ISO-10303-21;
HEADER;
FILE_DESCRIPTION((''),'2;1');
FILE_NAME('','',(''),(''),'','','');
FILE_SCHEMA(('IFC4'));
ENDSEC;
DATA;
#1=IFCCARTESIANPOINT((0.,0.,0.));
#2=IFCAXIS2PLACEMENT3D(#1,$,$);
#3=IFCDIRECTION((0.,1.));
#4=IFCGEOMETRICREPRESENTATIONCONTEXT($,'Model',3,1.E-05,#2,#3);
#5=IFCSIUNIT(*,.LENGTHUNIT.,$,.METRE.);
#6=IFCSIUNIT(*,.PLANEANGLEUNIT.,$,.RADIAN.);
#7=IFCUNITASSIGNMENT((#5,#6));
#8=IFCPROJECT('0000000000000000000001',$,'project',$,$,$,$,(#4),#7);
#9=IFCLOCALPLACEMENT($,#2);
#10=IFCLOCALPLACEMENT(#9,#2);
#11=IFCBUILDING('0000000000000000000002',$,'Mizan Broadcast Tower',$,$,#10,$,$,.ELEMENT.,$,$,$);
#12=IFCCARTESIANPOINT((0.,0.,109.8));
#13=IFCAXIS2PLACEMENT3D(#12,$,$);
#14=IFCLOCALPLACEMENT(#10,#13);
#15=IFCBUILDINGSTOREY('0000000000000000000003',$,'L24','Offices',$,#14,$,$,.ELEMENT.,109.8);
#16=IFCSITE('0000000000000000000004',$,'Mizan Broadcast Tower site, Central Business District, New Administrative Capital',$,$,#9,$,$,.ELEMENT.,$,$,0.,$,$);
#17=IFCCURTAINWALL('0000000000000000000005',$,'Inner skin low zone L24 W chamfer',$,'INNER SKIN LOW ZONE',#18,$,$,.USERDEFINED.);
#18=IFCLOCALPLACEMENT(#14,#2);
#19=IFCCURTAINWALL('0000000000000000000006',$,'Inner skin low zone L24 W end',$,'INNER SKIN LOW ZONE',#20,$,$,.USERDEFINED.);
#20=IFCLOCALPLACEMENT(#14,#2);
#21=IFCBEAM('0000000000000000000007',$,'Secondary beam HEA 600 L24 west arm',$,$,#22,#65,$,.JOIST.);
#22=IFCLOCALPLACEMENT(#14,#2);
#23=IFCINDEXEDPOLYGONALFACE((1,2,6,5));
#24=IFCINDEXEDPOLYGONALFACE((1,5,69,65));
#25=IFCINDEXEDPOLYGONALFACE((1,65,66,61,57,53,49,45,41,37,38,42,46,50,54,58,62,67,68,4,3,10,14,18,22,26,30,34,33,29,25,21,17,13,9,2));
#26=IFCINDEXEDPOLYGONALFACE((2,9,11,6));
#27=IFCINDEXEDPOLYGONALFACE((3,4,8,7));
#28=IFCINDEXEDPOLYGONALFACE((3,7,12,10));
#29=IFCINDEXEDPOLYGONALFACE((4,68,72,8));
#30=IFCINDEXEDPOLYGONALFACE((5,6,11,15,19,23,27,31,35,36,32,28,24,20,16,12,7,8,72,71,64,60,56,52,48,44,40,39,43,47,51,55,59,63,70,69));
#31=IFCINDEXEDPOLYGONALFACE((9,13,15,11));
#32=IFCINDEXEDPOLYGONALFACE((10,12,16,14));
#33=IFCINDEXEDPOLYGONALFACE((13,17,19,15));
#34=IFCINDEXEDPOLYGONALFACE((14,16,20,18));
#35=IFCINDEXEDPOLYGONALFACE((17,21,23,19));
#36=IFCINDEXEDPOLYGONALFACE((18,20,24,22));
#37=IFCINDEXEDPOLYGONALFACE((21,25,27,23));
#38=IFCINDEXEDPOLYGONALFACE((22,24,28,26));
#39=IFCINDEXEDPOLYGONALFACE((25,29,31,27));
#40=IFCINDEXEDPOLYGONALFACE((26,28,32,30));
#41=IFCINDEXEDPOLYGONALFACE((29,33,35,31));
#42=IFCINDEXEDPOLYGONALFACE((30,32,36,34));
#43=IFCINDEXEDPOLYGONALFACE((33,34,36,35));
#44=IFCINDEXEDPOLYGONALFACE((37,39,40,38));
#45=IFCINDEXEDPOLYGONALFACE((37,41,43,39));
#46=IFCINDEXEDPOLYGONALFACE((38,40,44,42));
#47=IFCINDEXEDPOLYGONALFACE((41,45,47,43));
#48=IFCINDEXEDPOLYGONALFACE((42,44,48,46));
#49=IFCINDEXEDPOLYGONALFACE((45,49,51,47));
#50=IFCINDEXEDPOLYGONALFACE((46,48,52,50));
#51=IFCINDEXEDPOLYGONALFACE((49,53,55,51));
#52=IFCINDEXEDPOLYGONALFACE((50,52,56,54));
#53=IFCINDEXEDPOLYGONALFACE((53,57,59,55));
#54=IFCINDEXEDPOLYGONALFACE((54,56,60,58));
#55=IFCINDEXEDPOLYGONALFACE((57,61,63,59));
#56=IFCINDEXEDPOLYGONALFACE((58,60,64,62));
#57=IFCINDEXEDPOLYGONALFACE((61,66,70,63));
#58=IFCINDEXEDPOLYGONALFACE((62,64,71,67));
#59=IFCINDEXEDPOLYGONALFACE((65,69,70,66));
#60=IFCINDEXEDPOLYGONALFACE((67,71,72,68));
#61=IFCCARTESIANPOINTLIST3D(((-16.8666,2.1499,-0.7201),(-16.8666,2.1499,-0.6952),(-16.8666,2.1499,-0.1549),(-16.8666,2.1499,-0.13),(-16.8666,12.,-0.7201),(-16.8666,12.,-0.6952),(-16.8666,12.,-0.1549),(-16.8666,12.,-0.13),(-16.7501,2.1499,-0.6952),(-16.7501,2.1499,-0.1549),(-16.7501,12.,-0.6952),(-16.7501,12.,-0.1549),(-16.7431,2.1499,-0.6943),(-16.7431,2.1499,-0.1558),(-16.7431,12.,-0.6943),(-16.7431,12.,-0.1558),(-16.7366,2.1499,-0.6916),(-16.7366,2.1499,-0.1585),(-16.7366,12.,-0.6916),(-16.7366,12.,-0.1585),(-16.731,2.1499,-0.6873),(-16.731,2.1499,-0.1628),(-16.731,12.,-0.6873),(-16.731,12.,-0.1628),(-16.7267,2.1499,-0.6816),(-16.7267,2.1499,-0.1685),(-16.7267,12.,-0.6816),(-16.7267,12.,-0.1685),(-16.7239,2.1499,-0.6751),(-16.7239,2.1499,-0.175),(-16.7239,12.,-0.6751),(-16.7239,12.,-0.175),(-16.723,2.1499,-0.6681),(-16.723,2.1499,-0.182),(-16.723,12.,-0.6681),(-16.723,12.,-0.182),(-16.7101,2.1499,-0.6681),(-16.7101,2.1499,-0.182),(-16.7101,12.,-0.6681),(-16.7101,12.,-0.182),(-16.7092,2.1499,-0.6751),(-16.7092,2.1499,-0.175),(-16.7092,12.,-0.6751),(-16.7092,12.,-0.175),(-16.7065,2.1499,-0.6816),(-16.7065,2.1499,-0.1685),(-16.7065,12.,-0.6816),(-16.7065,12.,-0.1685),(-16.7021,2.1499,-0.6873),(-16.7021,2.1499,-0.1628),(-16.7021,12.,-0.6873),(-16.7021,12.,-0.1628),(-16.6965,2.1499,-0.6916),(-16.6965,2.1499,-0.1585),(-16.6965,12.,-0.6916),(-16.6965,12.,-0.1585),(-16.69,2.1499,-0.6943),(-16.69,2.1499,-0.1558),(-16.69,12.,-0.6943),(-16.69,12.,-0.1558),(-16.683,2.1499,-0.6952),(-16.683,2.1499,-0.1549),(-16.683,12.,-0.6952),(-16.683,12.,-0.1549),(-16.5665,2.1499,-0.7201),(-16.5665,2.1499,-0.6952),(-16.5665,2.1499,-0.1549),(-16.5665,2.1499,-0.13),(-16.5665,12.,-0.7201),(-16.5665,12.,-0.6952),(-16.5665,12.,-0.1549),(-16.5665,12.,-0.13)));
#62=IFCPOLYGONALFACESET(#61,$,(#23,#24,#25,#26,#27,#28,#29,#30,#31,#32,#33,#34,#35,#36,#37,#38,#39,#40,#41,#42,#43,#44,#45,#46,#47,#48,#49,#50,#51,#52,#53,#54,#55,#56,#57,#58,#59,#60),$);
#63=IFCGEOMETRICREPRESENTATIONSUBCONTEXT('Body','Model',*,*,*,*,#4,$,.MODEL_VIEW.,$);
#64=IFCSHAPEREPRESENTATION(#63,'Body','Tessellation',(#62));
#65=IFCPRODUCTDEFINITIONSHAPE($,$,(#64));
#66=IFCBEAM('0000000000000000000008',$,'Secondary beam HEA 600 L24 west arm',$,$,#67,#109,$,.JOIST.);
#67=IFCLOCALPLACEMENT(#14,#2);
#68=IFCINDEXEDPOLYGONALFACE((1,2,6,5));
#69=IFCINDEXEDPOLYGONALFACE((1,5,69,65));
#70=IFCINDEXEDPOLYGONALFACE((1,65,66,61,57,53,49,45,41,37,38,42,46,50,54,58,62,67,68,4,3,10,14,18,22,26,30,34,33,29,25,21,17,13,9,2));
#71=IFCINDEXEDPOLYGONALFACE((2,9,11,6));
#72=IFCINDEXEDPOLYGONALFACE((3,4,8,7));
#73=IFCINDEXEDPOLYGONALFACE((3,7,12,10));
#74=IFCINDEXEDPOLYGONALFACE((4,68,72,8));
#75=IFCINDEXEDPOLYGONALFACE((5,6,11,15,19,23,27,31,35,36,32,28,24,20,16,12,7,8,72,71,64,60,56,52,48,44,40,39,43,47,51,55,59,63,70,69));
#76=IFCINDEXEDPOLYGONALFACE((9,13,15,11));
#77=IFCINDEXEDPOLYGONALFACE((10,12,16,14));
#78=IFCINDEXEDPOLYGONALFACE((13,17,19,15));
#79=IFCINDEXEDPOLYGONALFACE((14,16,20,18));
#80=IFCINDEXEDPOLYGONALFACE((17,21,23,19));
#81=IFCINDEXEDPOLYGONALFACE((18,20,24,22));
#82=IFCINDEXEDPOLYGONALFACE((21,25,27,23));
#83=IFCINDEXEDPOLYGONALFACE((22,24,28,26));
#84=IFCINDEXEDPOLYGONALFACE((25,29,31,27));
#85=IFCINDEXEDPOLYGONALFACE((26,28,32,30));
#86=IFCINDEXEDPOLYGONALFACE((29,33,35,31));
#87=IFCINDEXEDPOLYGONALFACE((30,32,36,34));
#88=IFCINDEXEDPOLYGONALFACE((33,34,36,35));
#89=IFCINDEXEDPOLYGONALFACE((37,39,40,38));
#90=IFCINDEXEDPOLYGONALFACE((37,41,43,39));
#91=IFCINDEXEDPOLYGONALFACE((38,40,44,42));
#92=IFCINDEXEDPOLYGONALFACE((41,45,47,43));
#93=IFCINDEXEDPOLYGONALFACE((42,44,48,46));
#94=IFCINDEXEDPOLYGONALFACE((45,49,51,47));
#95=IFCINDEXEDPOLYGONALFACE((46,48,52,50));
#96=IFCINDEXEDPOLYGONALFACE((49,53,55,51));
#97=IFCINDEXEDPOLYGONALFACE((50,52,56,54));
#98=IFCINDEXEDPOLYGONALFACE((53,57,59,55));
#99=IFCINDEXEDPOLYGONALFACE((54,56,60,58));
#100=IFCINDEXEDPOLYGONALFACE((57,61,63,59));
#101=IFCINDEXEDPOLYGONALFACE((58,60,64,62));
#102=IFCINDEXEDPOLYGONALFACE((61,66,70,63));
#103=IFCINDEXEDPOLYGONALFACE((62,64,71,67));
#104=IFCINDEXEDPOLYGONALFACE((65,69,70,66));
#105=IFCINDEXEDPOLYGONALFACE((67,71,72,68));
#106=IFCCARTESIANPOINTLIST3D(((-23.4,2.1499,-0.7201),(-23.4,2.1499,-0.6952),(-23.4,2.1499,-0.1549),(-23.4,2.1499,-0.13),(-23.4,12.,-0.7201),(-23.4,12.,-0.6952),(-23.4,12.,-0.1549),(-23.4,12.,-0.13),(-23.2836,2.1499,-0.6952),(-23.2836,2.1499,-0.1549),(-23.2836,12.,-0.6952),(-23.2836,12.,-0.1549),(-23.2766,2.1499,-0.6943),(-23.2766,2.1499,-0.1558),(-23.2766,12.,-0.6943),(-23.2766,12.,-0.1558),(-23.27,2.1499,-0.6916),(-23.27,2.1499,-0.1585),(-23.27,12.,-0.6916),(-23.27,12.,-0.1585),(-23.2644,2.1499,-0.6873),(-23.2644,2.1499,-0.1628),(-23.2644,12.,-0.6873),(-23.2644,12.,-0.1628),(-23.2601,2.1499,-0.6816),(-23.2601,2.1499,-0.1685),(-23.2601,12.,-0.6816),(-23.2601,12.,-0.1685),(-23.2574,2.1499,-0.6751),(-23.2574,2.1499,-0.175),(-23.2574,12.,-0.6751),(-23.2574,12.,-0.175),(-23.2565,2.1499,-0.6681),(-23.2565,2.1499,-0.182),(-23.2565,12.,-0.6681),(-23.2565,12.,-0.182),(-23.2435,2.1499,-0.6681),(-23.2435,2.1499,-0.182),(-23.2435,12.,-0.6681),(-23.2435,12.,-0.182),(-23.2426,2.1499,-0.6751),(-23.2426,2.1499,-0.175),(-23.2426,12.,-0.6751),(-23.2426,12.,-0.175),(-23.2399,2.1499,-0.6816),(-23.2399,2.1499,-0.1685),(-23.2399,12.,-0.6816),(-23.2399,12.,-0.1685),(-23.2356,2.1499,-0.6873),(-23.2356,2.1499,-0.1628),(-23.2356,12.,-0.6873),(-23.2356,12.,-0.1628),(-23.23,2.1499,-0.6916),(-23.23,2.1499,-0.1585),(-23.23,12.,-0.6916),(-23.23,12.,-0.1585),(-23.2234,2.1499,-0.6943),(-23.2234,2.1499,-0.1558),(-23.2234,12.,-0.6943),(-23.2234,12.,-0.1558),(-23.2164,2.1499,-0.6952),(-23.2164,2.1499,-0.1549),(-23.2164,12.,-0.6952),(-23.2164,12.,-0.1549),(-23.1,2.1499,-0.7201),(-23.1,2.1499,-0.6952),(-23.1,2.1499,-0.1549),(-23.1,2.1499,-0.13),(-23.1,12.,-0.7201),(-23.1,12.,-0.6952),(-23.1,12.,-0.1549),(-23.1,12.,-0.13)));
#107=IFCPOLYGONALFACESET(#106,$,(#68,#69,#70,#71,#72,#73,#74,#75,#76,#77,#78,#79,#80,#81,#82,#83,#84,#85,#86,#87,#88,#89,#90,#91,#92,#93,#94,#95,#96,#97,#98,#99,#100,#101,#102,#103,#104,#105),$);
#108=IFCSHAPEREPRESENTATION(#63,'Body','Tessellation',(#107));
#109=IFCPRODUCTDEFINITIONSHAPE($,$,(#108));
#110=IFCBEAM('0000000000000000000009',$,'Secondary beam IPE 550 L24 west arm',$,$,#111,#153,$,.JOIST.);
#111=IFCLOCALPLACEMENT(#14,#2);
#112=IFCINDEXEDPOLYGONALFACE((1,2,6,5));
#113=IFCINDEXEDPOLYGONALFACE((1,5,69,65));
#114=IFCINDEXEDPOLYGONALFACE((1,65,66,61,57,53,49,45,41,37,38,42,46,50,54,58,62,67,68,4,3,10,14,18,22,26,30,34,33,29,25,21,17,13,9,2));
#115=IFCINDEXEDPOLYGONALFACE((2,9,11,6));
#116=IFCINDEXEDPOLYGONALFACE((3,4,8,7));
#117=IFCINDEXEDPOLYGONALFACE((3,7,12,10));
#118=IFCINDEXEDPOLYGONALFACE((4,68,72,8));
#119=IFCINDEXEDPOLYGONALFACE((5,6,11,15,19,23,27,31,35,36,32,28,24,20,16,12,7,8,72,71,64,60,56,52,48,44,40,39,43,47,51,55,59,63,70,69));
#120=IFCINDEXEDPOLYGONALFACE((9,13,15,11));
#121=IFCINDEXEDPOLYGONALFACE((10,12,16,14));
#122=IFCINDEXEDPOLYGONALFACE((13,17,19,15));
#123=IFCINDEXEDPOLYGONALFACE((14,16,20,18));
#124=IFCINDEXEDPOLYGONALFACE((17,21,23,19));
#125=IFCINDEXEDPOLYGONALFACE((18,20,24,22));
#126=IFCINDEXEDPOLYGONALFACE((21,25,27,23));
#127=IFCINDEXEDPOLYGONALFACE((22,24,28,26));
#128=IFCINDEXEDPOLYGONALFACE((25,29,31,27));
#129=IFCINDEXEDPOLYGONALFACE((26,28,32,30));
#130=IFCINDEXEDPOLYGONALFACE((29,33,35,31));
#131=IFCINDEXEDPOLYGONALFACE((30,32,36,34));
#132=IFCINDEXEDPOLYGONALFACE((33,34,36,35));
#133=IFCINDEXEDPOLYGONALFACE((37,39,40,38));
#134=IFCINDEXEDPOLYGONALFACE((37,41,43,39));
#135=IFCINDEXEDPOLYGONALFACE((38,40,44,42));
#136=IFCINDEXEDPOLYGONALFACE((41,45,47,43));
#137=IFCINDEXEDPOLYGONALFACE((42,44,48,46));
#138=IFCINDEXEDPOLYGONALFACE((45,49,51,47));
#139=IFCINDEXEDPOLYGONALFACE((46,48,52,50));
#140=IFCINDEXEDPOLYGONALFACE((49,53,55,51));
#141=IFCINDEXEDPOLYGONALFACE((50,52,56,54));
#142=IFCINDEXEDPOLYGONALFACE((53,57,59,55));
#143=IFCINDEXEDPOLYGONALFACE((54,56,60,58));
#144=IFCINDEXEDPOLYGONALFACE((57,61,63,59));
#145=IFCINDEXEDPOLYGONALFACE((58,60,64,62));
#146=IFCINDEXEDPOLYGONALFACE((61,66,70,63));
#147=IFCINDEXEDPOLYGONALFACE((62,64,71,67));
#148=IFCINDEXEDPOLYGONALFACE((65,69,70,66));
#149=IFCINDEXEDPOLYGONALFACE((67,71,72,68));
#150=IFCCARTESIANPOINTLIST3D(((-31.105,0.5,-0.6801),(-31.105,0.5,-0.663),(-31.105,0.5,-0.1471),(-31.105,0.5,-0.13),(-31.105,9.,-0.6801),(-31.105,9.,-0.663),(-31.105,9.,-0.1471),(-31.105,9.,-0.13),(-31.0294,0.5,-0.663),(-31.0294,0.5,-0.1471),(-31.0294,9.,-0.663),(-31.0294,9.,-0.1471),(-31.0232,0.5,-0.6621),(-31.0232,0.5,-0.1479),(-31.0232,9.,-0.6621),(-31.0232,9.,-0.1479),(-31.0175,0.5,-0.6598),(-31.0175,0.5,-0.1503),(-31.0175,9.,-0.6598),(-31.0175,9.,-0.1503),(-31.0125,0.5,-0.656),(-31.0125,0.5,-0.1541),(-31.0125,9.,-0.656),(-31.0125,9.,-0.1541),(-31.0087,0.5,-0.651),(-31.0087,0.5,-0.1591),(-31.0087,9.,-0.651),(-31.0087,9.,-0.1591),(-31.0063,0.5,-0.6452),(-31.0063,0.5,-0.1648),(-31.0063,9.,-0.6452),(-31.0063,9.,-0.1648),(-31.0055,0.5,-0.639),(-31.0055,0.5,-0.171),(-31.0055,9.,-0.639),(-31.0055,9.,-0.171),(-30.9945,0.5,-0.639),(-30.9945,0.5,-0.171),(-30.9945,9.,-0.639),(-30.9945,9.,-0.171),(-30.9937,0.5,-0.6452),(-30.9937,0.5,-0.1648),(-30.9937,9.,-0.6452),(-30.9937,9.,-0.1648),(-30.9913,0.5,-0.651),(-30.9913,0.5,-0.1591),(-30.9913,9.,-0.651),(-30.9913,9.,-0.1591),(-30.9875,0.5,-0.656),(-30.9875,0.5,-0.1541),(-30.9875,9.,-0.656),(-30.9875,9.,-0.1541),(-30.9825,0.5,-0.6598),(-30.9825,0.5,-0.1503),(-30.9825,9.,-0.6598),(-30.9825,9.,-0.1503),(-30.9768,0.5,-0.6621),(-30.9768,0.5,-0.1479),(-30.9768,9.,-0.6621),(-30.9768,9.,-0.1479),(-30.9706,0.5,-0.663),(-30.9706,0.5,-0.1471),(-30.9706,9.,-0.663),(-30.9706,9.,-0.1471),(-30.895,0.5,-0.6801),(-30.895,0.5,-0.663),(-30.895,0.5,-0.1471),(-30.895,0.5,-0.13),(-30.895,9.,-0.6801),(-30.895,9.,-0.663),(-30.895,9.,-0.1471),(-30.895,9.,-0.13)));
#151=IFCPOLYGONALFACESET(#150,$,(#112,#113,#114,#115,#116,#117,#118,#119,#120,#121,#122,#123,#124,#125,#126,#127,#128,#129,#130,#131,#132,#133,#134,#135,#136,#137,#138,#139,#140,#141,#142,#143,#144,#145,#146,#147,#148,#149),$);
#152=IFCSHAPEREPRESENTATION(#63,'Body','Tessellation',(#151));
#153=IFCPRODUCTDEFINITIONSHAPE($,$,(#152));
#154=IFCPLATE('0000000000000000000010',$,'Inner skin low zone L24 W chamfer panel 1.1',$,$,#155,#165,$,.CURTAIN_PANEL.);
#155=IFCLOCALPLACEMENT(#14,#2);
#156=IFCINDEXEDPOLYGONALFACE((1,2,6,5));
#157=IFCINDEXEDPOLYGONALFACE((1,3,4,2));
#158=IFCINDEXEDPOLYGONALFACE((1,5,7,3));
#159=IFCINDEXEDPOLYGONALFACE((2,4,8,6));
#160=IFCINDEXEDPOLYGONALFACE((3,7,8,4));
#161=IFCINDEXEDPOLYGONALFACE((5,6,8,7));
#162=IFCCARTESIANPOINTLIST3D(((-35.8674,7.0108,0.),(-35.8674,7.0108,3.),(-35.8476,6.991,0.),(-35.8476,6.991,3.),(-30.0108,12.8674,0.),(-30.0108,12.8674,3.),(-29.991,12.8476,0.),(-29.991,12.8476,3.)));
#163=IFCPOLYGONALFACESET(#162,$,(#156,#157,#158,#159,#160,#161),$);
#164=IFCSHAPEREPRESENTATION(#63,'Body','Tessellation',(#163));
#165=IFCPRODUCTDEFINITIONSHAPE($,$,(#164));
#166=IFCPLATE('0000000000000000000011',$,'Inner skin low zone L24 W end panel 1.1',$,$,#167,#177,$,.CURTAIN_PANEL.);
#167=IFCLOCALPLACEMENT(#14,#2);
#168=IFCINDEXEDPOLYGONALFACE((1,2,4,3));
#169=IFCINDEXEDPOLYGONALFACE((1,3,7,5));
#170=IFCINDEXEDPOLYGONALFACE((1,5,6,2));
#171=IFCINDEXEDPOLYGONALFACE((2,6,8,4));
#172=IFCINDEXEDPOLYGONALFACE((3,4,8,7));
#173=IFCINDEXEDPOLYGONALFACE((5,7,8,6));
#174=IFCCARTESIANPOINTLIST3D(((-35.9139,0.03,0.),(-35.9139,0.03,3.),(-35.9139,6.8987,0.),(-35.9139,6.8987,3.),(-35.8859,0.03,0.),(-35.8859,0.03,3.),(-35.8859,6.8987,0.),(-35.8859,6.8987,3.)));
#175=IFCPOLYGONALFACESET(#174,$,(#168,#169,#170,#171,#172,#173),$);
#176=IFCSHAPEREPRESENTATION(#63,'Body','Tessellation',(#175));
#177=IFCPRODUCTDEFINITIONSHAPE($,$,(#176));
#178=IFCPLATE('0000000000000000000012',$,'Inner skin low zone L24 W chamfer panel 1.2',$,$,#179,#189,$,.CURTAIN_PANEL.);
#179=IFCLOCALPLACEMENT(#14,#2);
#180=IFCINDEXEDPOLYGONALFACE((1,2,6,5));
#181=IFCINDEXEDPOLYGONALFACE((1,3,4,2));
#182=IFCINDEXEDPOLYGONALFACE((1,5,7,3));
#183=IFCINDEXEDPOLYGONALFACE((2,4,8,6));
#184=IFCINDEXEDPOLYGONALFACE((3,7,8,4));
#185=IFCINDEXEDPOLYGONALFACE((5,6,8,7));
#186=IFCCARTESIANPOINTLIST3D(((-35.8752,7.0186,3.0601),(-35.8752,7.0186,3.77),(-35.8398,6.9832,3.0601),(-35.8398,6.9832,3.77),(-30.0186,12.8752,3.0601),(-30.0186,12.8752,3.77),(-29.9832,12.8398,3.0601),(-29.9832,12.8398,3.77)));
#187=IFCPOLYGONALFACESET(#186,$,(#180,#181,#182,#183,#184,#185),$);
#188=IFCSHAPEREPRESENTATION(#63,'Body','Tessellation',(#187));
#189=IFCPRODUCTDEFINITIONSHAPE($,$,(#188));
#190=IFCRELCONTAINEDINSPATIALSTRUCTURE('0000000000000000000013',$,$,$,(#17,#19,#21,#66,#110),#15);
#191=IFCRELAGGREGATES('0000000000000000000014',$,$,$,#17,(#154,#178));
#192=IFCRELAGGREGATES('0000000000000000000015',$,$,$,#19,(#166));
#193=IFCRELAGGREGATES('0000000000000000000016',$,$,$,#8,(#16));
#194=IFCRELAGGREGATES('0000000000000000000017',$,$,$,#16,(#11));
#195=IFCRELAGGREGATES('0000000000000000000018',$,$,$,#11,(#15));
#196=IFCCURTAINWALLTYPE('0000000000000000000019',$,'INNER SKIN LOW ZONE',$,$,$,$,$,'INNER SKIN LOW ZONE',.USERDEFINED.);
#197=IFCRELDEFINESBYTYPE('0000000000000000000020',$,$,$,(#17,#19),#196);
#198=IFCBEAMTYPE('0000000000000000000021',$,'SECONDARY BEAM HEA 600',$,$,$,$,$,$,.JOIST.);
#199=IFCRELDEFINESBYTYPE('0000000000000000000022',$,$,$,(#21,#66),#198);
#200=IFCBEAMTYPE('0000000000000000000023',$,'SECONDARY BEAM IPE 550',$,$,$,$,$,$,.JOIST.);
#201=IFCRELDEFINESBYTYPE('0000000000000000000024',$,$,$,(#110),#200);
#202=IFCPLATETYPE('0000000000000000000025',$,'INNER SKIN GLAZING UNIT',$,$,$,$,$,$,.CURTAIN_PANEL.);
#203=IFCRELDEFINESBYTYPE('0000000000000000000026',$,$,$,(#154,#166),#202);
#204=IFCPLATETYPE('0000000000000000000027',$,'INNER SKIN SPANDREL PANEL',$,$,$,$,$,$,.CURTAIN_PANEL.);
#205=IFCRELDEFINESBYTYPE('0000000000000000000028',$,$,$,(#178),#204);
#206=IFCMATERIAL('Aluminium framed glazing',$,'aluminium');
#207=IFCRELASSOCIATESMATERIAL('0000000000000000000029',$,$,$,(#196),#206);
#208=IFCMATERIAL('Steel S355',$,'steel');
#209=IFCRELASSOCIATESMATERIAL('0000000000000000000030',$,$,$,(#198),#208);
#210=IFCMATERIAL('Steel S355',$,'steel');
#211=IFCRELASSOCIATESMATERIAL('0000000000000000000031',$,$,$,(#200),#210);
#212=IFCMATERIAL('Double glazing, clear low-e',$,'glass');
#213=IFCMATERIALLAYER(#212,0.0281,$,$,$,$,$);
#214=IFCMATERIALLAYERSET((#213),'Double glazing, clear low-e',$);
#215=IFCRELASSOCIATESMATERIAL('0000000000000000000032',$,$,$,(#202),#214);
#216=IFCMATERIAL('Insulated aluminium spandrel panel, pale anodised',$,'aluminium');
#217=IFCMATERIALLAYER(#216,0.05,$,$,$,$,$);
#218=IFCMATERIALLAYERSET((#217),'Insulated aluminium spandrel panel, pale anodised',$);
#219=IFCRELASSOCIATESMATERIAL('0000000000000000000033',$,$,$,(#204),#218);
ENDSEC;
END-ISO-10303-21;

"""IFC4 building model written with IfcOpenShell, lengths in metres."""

from ifc_helpers import new_model, si_unit, direction, frame, origin, origin_2d, place, context, subcontext, project, spatial, rectangle, i_section, extrude, material, layer, layer_set, material_profile, profile_set, type_object, element, aggregate, save


model = new_model("IFC4")

# Units and contexts
model_context = context("Model", 3, precision=1e-05, world=origin(), true_north=direction((0.0, 1.0)))
body_context = subcontext(model_context, "Body", "Model", "MODEL_VIEW")
ifc_project = project(units=[si_unit("LENGTHUNIT", "METRE"), si_unit("PLANEANGLEUNIT", "RADIAN")], contexts=[model_context])

# Site, building, storey
site_placement = place(None, origin())
site = spatial("IfcSite", under=ifc_project, at=site_placement, Name="Mizan Broadcast Tower site, Central Business District, New Administrative Capital", CompositionType="ELEMENT", RefElevation=0.0)
building_placement = place(site_placement, origin())
building = spatial("IfcBuilding", under=site, at=building_placement, Name="Mizan Broadcast Tower", CompositionType="ELEMENT")
storey_placement = place(building_placement, frame((0.0, 0.0, 109.8)))
storey = spatial("IfcBuildingStorey", under=building, at=storey_placement, Name="L24", Description="Offices", CompositionType="ELEMENT", Elevation=109.8)

# Shared definitions
ifc_material_1 = material(Name="Aluminium framed glazing", Category="aluminium")
curtain_wall_type_1 = type_object("IfcCurtainWallType", Name="INNER SKIN LOW ZONE", ElementType="INNER SKIN LOW ZONE", PredefinedType="USERDEFINED", material=ifc_material_1)

# Curtain wall
curtain_wall_1_placement = place(storey_placement, origin())
curtain_wall_1 = element("IfcCurtainWall", 1, at=curtain_wall_1_placement, inside=storey, type_object=curtain_wall_type_1, Name="Inner skin low zone L24 W chamfer", ObjectType="INNER SKIN LOW ZONE", PredefinedType="USERDEFINED")

# Curtain wall
curtain_wall_2_placement = place(storey_placement, origin())
curtain_wall_2 = element("IfcCurtainWall", 2, at=curtain_wall_2_placement, inside=storey, type_object=curtain_wall_type_1, Name="Inner skin low zone L24 W end", ObjectType="INNER SKIN LOW ZONE", PredefinedType="USERDEFINED")

# Beams
ifc_material_2 = material(Name="Steel S355", Category="steel")
ifc_material_profile_1 = material_profile(ifc_material_2, i_section(OverallWidth=0.3, OverallDepth=0.5901, WebThickness=0.0129, FlangeThickness=0.0249, FilletRadius=0.0271, at=origin_2d()), Name="HEA 600")
ifc_profile_set_1 = profile_set([ifc_material_profile_1], Name="Steel S355")
beam_type_1 = type_object("IfcBeamType", Name="SECONDARY BEAM HEA 600", PredefinedType="JOIST", material=ifc_profile_set_1)
for number, where, z_axis, x_axis, name in (
    (3, (-16.7166, 12.0, -0.425), (0.0, -1.0, 0.0), (1.0, 0.0, 0.0), "Secondary beam HEA 600 L24 west arm"),
    (4, (-23.25, 12.0, -0.425), (0.0, -1.0, 0.0), (1.0, 0.0, 0.0), "Secondary beam HEA 600 L24 west arm"),
):
    element("IfcBeam", number, at=place(storey_placement, frame(where, z_axis=z_axis, x_axis=x_axis)), inside=storey, type_object=beam_type_1, Name=name, PredefinedType="JOIST", context=body_context, shape_type="SweptSolid", body=[
        extrude(i_section(OverallWidth=0.3, OverallDepth=0.5901, WebThickness=0.0129, FlangeThickness=0.0249, FilletRadius=0.0271, at=origin_2d()), origin(), (0.0, 0.0, 1.0), 9.8501),
    ])
ifc_material_3 = material(Name="Steel S355", Category="steel")
ifc_material_profile_2 = material_profile(ifc_material_3, i_section(OverallWidth=0.21, OverallDepth=0.55, WebThickness=0.011, FlangeThickness=0.0171, FilletRadius=0.0239, at=origin_2d()), Name="IPE 550")
ifc_profile_set_2 = profile_set([ifc_material_profile_2], Name="Steel S355")
beam_type_2 = type_object("IfcBeamType", Name="SECONDARY BEAM IPE 550", PredefinedType="JOIST", material=ifc_profile_set_2)
beam_1_placement = place(storey_placement, frame((-31.0, 9.0, -0.405), z_axis=(0.0, -1.0, 0.0), x_axis=(1.0, 0.0, 0.0)))
element("IfcBeam", 5, at=beam_1_placement, inside=storey, type_object=beam_type_2, Name="Secondary beam IPE 550 L24 west arm", PredefinedType="JOIST", context=body_context, shape_type="SweptSolid", body=[
    extrude(i_section(OverallWidth=0.21, OverallDepth=0.55, WebThickness=0.011, FlangeThickness=0.0171, FilletRadius=0.0239, at=origin_2d()), origin(), (0.0, 0.0, 1.0), 8.5),
])

# Plates
ifc_material_4 = material(Name="Double glazing, clear low-e", Category="glass")
ifc_layer_1 = layer(ifc_material_4, 0.0281)
ifc_layer_set_1 = layer_set([ifc_layer_1], Name="Double glazing, clear low-e")
plate_type_1 = type_object("IfcPlateType", Name="INNER SKIN GLAZING UNIT", PredefinedType="CURTAIN_PANEL", material=ifc_layer_set_1)
plate_1_placement = place(storey_placement, frame((-32.9292, 9.9292, 0.0), z_axis=(0.0, 0.0, 1.0), x_axis=(-0.707107, -0.707107, 0.0)))
plate_1 = element("IfcPlate", 6, at=plate_1_placement, type_object=plate_type_1, Name="Inner skin low zone L24 W chamfer panel 1.1", PredefinedType="CURTAIN_PANEL", context=body_context, shape_type="SweptSolid", body=[
    extrude(rectangle(XDim=8.2825, YDim=0.0281, at=origin_2d()), origin(), (0.0, 0.0, 1.0), 3.0),
])
plate_2_placement = place(storey_placement, frame((-35.8999, 3.4644, 0.0), z_axis=(0.0, 0.0, 1.0), x_axis=(0.0, -1.0, 0.0)))
plate_2 = element("IfcPlate", 7, at=plate_2_placement, type_object=plate_type_1, Name="Inner skin low zone L24 W end panel 1.1", PredefinedType="CURTAIN_PANEL", context=body_context, shape_type="SweptSolid", body=[
    extrude(rectangle(XDim=6.8687, YDim=0.0281, at=origin_2d()), origin(), (0.0, 0.0, 1.0), 3.0),
])
ifc_material_5 = material(Name="Insulated aluminium spandrel panel, pale anodised", Category="aluminium")
ifc_layer_2 = layer(ifc_material_5, 0.05)
ifc_layer_set_2 = layer_set([ifc_layer_2], Name="Insulated aluminium spandrel panel, pale anodised")
plate_type_2 = type_object("IfcPlateType", Name="INNER SKIN SPANDREL PANEL", PredefinedType="CURTAIN_PANEL", material=ifc_layer_set_2)
plate_3_placement = place(storey_placement, frame((-32.9292, 9.9292, 3.0601), z_axis=(0.0, 0.0, 1.0), x_axis=(-0.707107, -0.707107, 0.0)))
plate_3 = element("IfcPlate", 8, at=plate_3_placement, type_object=plate_type_2, Name="Inner skin low zone L24 W chamfer panel 1.2", PredefinedType="CURTAIN_PANEL", context=body_context, shape_type="SweptSolid", body=[
    extrude(rectangle(XDim=8.2825, YDim=0.05, at=origin_2d()), origin(), (0.0, 0.0, 1.0), 0.71),
])
aggregate(curtain_wall_1, [plate_1, plate_3])
aggregate(curtain_wall_2, [plate_2])

save(model, "model.ifc")
